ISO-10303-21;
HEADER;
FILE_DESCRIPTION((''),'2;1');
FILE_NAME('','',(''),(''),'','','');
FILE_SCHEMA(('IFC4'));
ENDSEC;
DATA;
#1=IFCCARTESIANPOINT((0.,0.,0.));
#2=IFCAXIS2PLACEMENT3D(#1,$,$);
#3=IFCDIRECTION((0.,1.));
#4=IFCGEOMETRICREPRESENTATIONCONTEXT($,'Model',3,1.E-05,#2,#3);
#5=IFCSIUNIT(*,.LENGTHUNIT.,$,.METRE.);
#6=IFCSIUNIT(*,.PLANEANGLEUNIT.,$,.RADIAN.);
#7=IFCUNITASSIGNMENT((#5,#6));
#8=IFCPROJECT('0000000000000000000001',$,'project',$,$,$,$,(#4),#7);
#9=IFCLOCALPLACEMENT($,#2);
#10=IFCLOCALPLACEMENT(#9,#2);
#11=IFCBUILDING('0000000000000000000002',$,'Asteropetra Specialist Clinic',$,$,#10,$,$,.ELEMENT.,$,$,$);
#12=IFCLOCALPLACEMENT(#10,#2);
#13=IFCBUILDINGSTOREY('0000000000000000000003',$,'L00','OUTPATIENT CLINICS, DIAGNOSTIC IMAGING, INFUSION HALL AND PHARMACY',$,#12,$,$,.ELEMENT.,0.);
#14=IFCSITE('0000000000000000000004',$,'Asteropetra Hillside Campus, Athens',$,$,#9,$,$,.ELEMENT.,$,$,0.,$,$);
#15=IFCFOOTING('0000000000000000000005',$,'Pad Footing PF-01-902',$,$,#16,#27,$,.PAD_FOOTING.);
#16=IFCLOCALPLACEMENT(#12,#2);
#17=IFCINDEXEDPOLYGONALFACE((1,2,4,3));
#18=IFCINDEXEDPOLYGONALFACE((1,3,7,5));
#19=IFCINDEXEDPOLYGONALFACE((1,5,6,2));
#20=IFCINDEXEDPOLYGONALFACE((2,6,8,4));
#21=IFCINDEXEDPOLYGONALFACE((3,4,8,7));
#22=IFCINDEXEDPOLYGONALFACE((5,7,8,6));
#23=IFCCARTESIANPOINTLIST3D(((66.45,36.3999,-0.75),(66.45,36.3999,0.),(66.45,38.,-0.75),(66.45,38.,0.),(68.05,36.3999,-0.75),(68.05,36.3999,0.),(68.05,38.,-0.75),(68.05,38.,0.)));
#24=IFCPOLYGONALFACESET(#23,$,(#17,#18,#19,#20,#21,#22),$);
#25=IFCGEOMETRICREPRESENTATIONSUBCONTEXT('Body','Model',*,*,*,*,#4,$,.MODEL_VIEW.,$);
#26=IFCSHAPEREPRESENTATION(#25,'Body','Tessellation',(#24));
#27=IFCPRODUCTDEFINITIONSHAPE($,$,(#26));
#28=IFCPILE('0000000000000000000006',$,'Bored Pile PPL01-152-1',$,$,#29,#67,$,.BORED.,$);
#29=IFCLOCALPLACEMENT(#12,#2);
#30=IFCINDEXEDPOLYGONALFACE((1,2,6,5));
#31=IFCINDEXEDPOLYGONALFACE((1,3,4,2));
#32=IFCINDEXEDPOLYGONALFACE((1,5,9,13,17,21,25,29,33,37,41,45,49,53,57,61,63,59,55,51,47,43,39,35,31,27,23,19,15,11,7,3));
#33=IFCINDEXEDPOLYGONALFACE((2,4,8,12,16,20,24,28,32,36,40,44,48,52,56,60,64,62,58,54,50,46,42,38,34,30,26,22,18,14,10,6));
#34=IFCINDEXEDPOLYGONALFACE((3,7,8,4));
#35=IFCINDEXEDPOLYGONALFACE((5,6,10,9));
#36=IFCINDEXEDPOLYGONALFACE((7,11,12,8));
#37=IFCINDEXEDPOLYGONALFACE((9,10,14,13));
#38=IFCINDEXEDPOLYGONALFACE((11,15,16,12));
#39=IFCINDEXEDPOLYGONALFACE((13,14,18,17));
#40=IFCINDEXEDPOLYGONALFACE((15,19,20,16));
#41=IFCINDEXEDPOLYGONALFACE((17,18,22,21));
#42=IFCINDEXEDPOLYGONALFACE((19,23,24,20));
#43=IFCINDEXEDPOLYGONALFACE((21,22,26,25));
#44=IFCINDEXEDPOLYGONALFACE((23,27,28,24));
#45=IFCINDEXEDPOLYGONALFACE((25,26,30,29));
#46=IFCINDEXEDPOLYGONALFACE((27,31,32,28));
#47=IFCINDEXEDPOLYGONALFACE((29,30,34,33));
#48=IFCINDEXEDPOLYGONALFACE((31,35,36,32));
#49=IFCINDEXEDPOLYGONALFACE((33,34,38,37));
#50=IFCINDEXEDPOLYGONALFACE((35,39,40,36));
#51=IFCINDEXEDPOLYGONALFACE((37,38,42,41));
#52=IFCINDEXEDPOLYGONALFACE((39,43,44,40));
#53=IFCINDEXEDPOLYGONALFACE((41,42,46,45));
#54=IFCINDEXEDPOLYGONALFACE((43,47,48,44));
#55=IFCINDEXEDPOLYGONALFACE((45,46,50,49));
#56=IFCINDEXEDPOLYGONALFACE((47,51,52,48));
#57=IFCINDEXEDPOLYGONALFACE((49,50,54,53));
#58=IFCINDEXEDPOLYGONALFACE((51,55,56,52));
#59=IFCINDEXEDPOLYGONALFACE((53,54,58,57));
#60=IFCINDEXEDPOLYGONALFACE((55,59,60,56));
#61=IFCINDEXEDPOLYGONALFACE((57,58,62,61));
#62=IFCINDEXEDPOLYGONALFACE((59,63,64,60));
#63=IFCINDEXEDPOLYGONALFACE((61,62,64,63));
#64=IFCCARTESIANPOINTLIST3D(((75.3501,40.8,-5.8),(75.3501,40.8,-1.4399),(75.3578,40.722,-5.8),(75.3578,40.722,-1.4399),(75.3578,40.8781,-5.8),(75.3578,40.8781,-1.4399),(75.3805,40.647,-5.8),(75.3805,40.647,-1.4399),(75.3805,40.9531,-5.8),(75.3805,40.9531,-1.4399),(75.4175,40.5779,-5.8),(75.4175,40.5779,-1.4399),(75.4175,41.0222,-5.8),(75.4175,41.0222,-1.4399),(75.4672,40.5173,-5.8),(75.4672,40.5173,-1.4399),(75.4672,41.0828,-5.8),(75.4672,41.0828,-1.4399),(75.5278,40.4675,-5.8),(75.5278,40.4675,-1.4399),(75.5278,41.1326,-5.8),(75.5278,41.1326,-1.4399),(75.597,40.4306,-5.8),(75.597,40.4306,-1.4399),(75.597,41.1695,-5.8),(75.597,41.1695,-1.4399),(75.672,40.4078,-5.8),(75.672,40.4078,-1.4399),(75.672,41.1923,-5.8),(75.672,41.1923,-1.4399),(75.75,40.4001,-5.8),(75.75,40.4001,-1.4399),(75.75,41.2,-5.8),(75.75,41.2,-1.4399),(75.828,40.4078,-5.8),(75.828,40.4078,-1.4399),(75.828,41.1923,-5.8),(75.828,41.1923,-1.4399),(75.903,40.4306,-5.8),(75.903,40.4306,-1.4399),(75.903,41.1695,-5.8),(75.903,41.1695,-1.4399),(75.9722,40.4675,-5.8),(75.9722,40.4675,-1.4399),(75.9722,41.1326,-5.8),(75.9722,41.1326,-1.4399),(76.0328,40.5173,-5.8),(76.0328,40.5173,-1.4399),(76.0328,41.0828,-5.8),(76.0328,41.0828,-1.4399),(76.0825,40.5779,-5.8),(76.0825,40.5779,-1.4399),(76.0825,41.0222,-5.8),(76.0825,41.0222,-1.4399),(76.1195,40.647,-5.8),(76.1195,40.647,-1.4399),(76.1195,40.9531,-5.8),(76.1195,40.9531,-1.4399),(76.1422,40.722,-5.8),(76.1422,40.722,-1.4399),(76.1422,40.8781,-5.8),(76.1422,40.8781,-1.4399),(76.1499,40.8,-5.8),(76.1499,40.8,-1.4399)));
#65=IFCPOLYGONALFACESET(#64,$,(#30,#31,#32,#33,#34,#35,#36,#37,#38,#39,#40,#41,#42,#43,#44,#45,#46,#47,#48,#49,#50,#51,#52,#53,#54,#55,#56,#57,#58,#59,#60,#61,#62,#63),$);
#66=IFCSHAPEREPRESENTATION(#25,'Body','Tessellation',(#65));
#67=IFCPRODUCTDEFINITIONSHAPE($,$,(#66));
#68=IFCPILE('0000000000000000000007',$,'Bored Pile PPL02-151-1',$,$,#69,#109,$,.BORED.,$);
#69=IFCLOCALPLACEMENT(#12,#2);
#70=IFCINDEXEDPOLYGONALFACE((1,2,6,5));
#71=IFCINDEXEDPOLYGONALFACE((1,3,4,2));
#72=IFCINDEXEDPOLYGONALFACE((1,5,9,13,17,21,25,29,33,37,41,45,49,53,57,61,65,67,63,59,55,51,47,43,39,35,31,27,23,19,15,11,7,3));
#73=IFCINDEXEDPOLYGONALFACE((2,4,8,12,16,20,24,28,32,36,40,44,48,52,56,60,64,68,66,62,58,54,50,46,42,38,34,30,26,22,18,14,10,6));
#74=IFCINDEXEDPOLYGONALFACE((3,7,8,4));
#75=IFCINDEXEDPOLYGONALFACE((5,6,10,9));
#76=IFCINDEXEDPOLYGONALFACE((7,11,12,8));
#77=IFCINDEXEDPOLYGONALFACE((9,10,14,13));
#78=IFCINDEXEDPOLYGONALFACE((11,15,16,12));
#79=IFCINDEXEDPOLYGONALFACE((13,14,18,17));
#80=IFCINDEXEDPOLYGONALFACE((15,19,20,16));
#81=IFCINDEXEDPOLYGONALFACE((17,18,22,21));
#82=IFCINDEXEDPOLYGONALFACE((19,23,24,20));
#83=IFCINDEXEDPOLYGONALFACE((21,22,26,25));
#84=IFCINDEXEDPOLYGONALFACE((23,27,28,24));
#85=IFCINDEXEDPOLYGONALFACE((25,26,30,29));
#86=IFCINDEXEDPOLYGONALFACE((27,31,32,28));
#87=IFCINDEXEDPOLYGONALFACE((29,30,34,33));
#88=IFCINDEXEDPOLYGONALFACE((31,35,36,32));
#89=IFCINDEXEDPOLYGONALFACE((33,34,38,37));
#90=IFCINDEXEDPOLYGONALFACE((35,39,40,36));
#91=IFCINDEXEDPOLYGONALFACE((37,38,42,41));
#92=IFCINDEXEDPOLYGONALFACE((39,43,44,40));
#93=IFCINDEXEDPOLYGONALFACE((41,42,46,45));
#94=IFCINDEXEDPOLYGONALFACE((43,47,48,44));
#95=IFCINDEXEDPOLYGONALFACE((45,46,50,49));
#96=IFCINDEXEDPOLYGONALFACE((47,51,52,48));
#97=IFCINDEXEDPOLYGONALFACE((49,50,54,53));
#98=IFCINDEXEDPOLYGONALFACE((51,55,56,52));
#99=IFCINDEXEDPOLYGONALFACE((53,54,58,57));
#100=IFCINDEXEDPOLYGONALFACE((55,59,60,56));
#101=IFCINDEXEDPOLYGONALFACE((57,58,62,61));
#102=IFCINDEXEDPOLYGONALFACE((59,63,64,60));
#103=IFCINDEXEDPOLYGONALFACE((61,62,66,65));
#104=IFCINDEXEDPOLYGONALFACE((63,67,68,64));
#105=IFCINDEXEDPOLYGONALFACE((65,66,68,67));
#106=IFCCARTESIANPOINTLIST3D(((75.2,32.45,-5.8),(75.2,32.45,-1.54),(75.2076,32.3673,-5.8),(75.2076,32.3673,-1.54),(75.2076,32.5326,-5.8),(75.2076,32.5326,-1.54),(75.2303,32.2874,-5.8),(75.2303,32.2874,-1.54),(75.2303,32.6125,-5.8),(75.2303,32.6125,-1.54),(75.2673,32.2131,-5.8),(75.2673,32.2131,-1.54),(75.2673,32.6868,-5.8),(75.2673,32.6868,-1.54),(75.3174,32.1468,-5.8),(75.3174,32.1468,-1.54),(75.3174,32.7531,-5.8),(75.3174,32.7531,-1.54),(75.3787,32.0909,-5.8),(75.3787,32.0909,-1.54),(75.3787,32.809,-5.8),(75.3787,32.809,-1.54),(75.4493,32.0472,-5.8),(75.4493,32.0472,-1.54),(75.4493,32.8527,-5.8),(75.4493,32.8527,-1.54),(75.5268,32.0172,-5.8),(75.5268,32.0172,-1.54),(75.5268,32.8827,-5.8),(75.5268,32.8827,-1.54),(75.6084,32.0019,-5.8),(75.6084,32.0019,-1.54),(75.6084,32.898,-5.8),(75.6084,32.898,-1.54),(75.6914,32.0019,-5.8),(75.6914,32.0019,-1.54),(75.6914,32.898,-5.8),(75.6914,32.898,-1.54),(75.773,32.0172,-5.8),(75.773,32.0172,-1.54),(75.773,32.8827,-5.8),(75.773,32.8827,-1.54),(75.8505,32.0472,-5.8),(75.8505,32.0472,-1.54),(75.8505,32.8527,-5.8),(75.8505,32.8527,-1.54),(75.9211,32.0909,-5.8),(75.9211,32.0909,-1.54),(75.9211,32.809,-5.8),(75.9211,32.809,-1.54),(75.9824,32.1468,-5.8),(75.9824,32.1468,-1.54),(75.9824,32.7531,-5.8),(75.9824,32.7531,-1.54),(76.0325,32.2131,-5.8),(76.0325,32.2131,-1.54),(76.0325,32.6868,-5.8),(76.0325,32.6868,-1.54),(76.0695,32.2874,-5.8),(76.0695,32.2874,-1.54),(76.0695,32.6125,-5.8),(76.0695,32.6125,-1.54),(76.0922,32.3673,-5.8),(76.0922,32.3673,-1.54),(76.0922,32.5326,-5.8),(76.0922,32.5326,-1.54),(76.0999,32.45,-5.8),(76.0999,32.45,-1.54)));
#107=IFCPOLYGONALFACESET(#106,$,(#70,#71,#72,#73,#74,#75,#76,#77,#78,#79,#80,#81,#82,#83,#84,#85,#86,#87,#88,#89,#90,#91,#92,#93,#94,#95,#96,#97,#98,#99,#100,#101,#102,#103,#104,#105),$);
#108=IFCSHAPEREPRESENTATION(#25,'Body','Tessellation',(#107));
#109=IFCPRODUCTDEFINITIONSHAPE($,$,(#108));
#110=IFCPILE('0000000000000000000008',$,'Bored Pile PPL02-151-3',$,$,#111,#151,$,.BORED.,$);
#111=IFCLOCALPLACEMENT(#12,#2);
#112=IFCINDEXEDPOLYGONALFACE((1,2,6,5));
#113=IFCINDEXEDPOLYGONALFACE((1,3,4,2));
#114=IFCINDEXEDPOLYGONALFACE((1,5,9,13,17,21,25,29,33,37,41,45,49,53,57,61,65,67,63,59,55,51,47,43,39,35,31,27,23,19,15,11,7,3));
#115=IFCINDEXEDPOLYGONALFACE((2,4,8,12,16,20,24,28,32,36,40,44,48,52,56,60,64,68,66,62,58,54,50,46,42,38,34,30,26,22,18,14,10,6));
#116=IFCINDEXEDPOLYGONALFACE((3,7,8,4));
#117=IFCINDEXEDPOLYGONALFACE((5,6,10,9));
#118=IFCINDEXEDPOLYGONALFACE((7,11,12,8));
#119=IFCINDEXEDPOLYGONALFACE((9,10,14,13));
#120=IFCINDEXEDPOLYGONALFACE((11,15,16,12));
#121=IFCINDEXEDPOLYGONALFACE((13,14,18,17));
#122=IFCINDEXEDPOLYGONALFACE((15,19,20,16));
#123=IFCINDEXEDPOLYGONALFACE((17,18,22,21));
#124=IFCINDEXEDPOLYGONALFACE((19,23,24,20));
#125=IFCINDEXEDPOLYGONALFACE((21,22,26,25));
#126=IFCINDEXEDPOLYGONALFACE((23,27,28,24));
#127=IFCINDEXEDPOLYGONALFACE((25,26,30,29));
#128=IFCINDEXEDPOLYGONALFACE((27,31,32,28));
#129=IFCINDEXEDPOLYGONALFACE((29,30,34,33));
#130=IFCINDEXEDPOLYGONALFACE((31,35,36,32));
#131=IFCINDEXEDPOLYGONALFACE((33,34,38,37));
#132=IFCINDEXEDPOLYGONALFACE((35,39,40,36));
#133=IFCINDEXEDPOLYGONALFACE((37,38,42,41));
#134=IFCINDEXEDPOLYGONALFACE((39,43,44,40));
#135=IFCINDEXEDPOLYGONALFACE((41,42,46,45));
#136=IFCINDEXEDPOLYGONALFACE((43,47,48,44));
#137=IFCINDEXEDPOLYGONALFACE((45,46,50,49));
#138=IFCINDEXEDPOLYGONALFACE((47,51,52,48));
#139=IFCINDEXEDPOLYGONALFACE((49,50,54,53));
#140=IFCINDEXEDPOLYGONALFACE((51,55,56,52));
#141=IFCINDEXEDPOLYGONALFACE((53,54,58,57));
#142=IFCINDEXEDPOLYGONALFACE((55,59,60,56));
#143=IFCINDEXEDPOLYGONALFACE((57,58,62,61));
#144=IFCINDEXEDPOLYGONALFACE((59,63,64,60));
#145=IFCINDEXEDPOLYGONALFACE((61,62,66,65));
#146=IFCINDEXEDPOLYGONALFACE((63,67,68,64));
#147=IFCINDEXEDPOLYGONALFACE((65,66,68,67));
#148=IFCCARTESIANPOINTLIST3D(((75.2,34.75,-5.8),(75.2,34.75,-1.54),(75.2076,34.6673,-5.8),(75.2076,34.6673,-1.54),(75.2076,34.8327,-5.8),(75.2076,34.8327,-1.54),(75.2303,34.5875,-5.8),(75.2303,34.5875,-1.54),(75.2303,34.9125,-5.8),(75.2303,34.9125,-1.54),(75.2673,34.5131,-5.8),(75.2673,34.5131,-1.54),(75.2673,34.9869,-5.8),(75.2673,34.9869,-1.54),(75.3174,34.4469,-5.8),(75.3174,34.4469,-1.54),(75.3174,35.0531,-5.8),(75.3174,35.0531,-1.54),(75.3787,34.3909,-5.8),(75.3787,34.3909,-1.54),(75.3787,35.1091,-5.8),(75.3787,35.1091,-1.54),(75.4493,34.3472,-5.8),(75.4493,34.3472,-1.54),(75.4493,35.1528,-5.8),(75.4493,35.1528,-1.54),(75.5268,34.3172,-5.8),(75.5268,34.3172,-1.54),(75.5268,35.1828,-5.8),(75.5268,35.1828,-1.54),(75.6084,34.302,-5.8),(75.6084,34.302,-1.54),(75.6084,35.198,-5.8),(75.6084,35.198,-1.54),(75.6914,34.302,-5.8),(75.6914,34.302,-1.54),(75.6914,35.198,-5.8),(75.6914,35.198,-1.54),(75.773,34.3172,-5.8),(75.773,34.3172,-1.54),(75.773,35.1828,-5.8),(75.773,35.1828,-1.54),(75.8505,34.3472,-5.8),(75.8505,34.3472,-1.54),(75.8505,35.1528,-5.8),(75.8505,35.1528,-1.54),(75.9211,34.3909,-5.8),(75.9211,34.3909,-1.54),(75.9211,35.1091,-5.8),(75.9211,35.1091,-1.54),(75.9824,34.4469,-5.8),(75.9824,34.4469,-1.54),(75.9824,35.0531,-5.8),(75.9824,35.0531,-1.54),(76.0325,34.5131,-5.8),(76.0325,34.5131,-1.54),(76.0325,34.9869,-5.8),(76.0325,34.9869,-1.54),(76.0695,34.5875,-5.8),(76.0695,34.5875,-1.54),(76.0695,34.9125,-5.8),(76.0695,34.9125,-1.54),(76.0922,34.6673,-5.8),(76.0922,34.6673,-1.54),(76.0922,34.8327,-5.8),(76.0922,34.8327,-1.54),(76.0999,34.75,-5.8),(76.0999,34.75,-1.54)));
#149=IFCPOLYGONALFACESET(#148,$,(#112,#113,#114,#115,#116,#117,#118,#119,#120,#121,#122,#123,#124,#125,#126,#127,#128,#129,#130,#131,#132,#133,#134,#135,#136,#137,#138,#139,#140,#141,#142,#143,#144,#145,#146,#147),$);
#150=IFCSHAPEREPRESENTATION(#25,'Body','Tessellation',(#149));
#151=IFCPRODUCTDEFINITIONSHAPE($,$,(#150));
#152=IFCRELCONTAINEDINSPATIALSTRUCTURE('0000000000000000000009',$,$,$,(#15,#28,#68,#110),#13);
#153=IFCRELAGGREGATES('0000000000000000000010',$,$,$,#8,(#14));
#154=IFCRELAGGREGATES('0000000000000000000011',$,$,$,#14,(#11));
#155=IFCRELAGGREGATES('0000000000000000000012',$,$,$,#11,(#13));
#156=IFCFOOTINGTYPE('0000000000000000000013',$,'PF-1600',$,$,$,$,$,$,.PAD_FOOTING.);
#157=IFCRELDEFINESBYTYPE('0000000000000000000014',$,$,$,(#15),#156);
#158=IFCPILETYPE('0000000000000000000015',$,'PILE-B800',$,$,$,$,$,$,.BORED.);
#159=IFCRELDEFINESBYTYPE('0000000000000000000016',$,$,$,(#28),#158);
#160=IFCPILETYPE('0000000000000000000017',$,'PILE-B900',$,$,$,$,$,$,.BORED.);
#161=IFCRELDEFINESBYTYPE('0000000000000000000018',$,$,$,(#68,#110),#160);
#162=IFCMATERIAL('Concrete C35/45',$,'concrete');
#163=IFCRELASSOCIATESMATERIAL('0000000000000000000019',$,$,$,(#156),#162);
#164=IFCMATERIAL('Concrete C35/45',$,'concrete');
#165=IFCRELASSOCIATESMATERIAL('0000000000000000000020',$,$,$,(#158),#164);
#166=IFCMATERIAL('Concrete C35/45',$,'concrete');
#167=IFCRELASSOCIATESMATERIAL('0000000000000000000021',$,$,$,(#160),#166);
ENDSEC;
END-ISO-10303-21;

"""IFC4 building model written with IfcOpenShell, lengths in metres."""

from ifc_helpers import new_model, si_unit, direction, frame, origin, origin_2d, place, context, subcontext, project, spatial, rectangle, circle, extrude, material, material_profile, profile_set, type_object, element, save


model = new_model("IFC4")

# Units and contexts
model_context = context("Model", 3, precision=1e-05, world=origin(), true_north=direction((0.0, 1.0)))
body_context = subcontext(model_context, "Body", "Model", "MODEL_VIEW")
ifc_project = project(units=[si_unit("LENGTHUNIT", "METRE"), si_unit("PLANEANGLEUNIT", "RADIAN")], contexts=[model_context])

# Site, building, storey
site_placement = place(None, origin())
site = spatial("IfcSite", under=ifc_project, at=site_placement, Name="Asteropetra Hillside Campus, Athens", CompositionType="ELEMENT", RefElevation=0.0)
building_placement = place(site_placement, origin())
building = spatial("IfcBuilding", under=site, at=building_placement, Name="Asteropetra Specialist Clinic", CompositionType="ELEMENT")
storey_placement = place(building_placement, origin())
storey = spatial("IfcBuildingStorey", under=building, at=storey_placement, Name="L00", Description="OUTPATIENT CLINICS, DIAGNOSTIC IMAGING, INFUSION HALL AND PHARMACY", CompositionType="ELEMENT", Elevation=0.0)

# Footing
ifc_material_1 = material(Name="Concrete C35/45", Category="concrete")
footing_type = type_object("IfcFootingType", Name="PF-1600", PredefinedType="PAD_FOOTING", material=ifc_material_1)
footing_placement = place(storey_placement, frame((67.25, 37.2, -0.75), z_axis=(0.0, 0.0, 1.0), x_axis=(1.0, 0.0, 0.0)))
element("IfcFooting", 1, at=footing_placement, inside=storey, type_object=footing_type, Name="Pad Footing PF-01-902", PredefinedType="PAD_FOOTING", context=body_context, shape_type="SweptSolid", body=[
    extrude(rectangle(XDim=1.6001, YDim=1.6001, at=origin_2d()), origin(), (0.0, 0.0, 1.0), 0.75),
])

# Piles
ifc_material_2 = material(Name="Concrete C35/45", Category="concrete")
ifc_material_profile_1 = material_profile(ifc_material_2, circle(Radius=0.3999, at=origin_2d()), Name="PILE D800")
ifc_profile_set_1 = profile_set([ifc_material_profile_1], Name="Concrete C35/45")
pile_type_1 = type_object("IfcPileType", Name="PILE-B800", PredefinedType="BORED", material=ifc_profile_set_1)
pile_placement = place(storey_placement, frame((75.75, 40.8, -1.4399), z_axis=(0.0, 0.0, -1.0), x_axis=(1.0, 0.0, 0.0)))
element("IfcPile", 2, at=pile_placement, inside=storey, type_object=pile_type_1, Name="Bored Pile PPL01-152-1", PredefinedType="BORED", context=body_context, shape_type="SweptSolid", body=[
    extrude(circle(Radius=0.3999, at=origin_2d()), origin(), (0.0, 0.0, 1.0), 4.3601),
])
ifc_material_3 = material(Name="Concrete C35/45", Category="concrete")
ifc_material_profile_2 = material_profile(ifc_material_3, circle(Radius=0.45, at=origin_2d()), Name="PILE D900")
ifc_profile_set_2 = profile_set([ifc_material_profile_2], Name="Concrete C35/45")
pile_type_2 = type_object("IfcPileType", Name="PILE-B900", PredefinedType="BORED", material=ifc_profile_set_2)
for number, where, z_axis, x_axis, name in (
    (3, (75.6499, 32.45, -1.54), (0.0, 0.0, -1.0), (1.0, 0.0, 0.0), "Bored Pile PPL02-151-1"),
    (4, (75.6499, 34.75, -1.54), (0.0, 0.0, -1.0), (1.0, 0.0, 0.0), "Bored Pile PPL02-151-3"),
):
    element("IfcPile", number, at=place(storey_placement, frame(where, z_axis=z_axis, x_axis=x_axis)), inside=storey, type_object=pile_type_2, Name=name, PredefinedType="BORED", context=body_context, shape_type="SweptSolid", body=[
        extrude(circle(Radius=0.45, at=origin_2d()), origin(), (0.0, 0.0, 1.0), 4.26),
    ])

save(model, "model.ifc")
